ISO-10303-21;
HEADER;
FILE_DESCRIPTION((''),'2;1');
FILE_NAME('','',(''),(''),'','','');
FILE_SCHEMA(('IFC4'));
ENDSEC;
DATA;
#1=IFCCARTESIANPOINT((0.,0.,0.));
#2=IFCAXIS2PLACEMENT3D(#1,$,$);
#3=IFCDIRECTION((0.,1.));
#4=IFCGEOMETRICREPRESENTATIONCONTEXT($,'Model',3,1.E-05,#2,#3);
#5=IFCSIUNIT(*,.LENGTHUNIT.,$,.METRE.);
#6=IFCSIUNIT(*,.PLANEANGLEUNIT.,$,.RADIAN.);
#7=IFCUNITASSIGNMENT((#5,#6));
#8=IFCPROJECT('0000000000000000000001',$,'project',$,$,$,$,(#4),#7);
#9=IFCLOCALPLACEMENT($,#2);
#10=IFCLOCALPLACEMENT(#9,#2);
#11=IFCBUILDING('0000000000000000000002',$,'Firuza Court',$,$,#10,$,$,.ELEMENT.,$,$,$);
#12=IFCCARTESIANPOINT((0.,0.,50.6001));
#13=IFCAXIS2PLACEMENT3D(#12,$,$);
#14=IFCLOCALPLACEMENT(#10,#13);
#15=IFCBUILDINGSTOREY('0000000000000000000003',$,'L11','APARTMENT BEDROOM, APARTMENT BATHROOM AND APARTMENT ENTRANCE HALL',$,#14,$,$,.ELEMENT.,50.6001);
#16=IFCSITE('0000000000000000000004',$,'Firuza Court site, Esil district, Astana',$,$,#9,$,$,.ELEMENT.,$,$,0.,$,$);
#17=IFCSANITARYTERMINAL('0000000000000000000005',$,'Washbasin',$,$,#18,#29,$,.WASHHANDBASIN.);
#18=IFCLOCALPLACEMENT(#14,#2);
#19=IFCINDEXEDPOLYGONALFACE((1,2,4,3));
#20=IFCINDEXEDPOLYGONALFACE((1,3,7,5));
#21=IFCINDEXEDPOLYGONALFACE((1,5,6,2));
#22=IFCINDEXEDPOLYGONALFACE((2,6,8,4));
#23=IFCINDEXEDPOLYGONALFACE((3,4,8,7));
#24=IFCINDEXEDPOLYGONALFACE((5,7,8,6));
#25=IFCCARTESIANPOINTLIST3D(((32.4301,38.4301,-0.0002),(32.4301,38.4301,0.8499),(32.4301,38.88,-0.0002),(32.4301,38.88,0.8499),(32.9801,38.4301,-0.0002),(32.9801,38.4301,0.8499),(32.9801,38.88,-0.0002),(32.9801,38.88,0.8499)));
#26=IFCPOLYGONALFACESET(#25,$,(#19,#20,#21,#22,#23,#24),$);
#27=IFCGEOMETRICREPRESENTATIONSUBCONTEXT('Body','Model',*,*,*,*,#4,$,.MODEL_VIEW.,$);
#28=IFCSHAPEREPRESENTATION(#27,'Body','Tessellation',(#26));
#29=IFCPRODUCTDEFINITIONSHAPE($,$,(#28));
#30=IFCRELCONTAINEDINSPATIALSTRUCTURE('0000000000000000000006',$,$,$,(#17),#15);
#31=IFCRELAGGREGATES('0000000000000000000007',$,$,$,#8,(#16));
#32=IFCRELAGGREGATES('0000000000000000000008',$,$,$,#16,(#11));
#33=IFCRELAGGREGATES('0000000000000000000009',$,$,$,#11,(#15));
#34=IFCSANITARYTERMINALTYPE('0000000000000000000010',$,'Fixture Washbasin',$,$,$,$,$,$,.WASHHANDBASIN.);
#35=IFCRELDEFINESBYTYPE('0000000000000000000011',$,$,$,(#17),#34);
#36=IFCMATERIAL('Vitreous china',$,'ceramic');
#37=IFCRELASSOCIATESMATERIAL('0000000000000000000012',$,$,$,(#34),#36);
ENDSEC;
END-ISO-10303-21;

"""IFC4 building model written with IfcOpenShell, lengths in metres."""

from ifc_helpers import new_model, si_unit, direction, frame, origin, origin_2d, place, context, subcontext, project, spatial, rectangle, extrude, material, type_object, element, save


model = new_model("IFC4")

# Units and contexts
model_context = context("Model", 3, precision=1e-05, world=origin(), true_north=direction((0.0, 1.0)))
body_context = subcontext(model_context, "Body", "Model", "MODEL_VIEW")
ifc_project = project(units=[si_unit("LENGTHUNIT", "METRE"), si_unit("PLANEANGLEUNIT", "RADIAN")], contexts=[model_context])

# Site, building, storey
site_placement = place(None, origin())
site = spatial("IfcSite", under=ifc_project, at=site_placement, Name="Firuza Court site, Esil district, Astana", CompositionType="ELEMENT", RefElevation=0.0)
building_placement = place(site_placement, origin())
building = spatial("IfcBuilding", under=site, at=building_placement, Name="Firuza Court", CompositionType="ELEMENT")
storey_placement = place(building_placement, frame((0.0, 0.0, 50.6001)))
storey = spatial("IfcBuildingStorey", under=building, at=storey_placement, Name="L11", Description="APARTMENT BEDROOM, APARTMENT BATHROOM AND APARTMENT ENTRANCE HALL", CompositionType="ELEMENT", Elevation=50.6001)

# Sanitary terminal
ifc_material_1 = material(Name="Vitreous china", Category="ceramic")
sanitary_terminal_type_1 = type_object("IfcSanitaryTerminalType", Name="Fixture Washbasin", PredefinedType="WASHHANDBASIN", material=ifc_material_1)
sanitary_terminal_1_placement = place(storey_placement, frame((32.7051, 38.655, -0.0002), z_axis=(0.0, 0.0, 1.0), x_axis=(1.0, 0.0, 0.0)))
element("IfcSanitaryTerminal", 1, at=sanitary_terminal_1_placement, inside=storey, type_object=sanitary_terminal_type_1, Name="Washbasin", PredefinedType="WASHHANDBASIN", context=body_context, shape_type="SweptSolid", body=[
    extrude(rectangle(XDim=0.55, YDim=0.45, at=origin_2d()), origin(), (0.0, 0.0, 1.0), 0.8501),
])

save(model, "model.ifc")
